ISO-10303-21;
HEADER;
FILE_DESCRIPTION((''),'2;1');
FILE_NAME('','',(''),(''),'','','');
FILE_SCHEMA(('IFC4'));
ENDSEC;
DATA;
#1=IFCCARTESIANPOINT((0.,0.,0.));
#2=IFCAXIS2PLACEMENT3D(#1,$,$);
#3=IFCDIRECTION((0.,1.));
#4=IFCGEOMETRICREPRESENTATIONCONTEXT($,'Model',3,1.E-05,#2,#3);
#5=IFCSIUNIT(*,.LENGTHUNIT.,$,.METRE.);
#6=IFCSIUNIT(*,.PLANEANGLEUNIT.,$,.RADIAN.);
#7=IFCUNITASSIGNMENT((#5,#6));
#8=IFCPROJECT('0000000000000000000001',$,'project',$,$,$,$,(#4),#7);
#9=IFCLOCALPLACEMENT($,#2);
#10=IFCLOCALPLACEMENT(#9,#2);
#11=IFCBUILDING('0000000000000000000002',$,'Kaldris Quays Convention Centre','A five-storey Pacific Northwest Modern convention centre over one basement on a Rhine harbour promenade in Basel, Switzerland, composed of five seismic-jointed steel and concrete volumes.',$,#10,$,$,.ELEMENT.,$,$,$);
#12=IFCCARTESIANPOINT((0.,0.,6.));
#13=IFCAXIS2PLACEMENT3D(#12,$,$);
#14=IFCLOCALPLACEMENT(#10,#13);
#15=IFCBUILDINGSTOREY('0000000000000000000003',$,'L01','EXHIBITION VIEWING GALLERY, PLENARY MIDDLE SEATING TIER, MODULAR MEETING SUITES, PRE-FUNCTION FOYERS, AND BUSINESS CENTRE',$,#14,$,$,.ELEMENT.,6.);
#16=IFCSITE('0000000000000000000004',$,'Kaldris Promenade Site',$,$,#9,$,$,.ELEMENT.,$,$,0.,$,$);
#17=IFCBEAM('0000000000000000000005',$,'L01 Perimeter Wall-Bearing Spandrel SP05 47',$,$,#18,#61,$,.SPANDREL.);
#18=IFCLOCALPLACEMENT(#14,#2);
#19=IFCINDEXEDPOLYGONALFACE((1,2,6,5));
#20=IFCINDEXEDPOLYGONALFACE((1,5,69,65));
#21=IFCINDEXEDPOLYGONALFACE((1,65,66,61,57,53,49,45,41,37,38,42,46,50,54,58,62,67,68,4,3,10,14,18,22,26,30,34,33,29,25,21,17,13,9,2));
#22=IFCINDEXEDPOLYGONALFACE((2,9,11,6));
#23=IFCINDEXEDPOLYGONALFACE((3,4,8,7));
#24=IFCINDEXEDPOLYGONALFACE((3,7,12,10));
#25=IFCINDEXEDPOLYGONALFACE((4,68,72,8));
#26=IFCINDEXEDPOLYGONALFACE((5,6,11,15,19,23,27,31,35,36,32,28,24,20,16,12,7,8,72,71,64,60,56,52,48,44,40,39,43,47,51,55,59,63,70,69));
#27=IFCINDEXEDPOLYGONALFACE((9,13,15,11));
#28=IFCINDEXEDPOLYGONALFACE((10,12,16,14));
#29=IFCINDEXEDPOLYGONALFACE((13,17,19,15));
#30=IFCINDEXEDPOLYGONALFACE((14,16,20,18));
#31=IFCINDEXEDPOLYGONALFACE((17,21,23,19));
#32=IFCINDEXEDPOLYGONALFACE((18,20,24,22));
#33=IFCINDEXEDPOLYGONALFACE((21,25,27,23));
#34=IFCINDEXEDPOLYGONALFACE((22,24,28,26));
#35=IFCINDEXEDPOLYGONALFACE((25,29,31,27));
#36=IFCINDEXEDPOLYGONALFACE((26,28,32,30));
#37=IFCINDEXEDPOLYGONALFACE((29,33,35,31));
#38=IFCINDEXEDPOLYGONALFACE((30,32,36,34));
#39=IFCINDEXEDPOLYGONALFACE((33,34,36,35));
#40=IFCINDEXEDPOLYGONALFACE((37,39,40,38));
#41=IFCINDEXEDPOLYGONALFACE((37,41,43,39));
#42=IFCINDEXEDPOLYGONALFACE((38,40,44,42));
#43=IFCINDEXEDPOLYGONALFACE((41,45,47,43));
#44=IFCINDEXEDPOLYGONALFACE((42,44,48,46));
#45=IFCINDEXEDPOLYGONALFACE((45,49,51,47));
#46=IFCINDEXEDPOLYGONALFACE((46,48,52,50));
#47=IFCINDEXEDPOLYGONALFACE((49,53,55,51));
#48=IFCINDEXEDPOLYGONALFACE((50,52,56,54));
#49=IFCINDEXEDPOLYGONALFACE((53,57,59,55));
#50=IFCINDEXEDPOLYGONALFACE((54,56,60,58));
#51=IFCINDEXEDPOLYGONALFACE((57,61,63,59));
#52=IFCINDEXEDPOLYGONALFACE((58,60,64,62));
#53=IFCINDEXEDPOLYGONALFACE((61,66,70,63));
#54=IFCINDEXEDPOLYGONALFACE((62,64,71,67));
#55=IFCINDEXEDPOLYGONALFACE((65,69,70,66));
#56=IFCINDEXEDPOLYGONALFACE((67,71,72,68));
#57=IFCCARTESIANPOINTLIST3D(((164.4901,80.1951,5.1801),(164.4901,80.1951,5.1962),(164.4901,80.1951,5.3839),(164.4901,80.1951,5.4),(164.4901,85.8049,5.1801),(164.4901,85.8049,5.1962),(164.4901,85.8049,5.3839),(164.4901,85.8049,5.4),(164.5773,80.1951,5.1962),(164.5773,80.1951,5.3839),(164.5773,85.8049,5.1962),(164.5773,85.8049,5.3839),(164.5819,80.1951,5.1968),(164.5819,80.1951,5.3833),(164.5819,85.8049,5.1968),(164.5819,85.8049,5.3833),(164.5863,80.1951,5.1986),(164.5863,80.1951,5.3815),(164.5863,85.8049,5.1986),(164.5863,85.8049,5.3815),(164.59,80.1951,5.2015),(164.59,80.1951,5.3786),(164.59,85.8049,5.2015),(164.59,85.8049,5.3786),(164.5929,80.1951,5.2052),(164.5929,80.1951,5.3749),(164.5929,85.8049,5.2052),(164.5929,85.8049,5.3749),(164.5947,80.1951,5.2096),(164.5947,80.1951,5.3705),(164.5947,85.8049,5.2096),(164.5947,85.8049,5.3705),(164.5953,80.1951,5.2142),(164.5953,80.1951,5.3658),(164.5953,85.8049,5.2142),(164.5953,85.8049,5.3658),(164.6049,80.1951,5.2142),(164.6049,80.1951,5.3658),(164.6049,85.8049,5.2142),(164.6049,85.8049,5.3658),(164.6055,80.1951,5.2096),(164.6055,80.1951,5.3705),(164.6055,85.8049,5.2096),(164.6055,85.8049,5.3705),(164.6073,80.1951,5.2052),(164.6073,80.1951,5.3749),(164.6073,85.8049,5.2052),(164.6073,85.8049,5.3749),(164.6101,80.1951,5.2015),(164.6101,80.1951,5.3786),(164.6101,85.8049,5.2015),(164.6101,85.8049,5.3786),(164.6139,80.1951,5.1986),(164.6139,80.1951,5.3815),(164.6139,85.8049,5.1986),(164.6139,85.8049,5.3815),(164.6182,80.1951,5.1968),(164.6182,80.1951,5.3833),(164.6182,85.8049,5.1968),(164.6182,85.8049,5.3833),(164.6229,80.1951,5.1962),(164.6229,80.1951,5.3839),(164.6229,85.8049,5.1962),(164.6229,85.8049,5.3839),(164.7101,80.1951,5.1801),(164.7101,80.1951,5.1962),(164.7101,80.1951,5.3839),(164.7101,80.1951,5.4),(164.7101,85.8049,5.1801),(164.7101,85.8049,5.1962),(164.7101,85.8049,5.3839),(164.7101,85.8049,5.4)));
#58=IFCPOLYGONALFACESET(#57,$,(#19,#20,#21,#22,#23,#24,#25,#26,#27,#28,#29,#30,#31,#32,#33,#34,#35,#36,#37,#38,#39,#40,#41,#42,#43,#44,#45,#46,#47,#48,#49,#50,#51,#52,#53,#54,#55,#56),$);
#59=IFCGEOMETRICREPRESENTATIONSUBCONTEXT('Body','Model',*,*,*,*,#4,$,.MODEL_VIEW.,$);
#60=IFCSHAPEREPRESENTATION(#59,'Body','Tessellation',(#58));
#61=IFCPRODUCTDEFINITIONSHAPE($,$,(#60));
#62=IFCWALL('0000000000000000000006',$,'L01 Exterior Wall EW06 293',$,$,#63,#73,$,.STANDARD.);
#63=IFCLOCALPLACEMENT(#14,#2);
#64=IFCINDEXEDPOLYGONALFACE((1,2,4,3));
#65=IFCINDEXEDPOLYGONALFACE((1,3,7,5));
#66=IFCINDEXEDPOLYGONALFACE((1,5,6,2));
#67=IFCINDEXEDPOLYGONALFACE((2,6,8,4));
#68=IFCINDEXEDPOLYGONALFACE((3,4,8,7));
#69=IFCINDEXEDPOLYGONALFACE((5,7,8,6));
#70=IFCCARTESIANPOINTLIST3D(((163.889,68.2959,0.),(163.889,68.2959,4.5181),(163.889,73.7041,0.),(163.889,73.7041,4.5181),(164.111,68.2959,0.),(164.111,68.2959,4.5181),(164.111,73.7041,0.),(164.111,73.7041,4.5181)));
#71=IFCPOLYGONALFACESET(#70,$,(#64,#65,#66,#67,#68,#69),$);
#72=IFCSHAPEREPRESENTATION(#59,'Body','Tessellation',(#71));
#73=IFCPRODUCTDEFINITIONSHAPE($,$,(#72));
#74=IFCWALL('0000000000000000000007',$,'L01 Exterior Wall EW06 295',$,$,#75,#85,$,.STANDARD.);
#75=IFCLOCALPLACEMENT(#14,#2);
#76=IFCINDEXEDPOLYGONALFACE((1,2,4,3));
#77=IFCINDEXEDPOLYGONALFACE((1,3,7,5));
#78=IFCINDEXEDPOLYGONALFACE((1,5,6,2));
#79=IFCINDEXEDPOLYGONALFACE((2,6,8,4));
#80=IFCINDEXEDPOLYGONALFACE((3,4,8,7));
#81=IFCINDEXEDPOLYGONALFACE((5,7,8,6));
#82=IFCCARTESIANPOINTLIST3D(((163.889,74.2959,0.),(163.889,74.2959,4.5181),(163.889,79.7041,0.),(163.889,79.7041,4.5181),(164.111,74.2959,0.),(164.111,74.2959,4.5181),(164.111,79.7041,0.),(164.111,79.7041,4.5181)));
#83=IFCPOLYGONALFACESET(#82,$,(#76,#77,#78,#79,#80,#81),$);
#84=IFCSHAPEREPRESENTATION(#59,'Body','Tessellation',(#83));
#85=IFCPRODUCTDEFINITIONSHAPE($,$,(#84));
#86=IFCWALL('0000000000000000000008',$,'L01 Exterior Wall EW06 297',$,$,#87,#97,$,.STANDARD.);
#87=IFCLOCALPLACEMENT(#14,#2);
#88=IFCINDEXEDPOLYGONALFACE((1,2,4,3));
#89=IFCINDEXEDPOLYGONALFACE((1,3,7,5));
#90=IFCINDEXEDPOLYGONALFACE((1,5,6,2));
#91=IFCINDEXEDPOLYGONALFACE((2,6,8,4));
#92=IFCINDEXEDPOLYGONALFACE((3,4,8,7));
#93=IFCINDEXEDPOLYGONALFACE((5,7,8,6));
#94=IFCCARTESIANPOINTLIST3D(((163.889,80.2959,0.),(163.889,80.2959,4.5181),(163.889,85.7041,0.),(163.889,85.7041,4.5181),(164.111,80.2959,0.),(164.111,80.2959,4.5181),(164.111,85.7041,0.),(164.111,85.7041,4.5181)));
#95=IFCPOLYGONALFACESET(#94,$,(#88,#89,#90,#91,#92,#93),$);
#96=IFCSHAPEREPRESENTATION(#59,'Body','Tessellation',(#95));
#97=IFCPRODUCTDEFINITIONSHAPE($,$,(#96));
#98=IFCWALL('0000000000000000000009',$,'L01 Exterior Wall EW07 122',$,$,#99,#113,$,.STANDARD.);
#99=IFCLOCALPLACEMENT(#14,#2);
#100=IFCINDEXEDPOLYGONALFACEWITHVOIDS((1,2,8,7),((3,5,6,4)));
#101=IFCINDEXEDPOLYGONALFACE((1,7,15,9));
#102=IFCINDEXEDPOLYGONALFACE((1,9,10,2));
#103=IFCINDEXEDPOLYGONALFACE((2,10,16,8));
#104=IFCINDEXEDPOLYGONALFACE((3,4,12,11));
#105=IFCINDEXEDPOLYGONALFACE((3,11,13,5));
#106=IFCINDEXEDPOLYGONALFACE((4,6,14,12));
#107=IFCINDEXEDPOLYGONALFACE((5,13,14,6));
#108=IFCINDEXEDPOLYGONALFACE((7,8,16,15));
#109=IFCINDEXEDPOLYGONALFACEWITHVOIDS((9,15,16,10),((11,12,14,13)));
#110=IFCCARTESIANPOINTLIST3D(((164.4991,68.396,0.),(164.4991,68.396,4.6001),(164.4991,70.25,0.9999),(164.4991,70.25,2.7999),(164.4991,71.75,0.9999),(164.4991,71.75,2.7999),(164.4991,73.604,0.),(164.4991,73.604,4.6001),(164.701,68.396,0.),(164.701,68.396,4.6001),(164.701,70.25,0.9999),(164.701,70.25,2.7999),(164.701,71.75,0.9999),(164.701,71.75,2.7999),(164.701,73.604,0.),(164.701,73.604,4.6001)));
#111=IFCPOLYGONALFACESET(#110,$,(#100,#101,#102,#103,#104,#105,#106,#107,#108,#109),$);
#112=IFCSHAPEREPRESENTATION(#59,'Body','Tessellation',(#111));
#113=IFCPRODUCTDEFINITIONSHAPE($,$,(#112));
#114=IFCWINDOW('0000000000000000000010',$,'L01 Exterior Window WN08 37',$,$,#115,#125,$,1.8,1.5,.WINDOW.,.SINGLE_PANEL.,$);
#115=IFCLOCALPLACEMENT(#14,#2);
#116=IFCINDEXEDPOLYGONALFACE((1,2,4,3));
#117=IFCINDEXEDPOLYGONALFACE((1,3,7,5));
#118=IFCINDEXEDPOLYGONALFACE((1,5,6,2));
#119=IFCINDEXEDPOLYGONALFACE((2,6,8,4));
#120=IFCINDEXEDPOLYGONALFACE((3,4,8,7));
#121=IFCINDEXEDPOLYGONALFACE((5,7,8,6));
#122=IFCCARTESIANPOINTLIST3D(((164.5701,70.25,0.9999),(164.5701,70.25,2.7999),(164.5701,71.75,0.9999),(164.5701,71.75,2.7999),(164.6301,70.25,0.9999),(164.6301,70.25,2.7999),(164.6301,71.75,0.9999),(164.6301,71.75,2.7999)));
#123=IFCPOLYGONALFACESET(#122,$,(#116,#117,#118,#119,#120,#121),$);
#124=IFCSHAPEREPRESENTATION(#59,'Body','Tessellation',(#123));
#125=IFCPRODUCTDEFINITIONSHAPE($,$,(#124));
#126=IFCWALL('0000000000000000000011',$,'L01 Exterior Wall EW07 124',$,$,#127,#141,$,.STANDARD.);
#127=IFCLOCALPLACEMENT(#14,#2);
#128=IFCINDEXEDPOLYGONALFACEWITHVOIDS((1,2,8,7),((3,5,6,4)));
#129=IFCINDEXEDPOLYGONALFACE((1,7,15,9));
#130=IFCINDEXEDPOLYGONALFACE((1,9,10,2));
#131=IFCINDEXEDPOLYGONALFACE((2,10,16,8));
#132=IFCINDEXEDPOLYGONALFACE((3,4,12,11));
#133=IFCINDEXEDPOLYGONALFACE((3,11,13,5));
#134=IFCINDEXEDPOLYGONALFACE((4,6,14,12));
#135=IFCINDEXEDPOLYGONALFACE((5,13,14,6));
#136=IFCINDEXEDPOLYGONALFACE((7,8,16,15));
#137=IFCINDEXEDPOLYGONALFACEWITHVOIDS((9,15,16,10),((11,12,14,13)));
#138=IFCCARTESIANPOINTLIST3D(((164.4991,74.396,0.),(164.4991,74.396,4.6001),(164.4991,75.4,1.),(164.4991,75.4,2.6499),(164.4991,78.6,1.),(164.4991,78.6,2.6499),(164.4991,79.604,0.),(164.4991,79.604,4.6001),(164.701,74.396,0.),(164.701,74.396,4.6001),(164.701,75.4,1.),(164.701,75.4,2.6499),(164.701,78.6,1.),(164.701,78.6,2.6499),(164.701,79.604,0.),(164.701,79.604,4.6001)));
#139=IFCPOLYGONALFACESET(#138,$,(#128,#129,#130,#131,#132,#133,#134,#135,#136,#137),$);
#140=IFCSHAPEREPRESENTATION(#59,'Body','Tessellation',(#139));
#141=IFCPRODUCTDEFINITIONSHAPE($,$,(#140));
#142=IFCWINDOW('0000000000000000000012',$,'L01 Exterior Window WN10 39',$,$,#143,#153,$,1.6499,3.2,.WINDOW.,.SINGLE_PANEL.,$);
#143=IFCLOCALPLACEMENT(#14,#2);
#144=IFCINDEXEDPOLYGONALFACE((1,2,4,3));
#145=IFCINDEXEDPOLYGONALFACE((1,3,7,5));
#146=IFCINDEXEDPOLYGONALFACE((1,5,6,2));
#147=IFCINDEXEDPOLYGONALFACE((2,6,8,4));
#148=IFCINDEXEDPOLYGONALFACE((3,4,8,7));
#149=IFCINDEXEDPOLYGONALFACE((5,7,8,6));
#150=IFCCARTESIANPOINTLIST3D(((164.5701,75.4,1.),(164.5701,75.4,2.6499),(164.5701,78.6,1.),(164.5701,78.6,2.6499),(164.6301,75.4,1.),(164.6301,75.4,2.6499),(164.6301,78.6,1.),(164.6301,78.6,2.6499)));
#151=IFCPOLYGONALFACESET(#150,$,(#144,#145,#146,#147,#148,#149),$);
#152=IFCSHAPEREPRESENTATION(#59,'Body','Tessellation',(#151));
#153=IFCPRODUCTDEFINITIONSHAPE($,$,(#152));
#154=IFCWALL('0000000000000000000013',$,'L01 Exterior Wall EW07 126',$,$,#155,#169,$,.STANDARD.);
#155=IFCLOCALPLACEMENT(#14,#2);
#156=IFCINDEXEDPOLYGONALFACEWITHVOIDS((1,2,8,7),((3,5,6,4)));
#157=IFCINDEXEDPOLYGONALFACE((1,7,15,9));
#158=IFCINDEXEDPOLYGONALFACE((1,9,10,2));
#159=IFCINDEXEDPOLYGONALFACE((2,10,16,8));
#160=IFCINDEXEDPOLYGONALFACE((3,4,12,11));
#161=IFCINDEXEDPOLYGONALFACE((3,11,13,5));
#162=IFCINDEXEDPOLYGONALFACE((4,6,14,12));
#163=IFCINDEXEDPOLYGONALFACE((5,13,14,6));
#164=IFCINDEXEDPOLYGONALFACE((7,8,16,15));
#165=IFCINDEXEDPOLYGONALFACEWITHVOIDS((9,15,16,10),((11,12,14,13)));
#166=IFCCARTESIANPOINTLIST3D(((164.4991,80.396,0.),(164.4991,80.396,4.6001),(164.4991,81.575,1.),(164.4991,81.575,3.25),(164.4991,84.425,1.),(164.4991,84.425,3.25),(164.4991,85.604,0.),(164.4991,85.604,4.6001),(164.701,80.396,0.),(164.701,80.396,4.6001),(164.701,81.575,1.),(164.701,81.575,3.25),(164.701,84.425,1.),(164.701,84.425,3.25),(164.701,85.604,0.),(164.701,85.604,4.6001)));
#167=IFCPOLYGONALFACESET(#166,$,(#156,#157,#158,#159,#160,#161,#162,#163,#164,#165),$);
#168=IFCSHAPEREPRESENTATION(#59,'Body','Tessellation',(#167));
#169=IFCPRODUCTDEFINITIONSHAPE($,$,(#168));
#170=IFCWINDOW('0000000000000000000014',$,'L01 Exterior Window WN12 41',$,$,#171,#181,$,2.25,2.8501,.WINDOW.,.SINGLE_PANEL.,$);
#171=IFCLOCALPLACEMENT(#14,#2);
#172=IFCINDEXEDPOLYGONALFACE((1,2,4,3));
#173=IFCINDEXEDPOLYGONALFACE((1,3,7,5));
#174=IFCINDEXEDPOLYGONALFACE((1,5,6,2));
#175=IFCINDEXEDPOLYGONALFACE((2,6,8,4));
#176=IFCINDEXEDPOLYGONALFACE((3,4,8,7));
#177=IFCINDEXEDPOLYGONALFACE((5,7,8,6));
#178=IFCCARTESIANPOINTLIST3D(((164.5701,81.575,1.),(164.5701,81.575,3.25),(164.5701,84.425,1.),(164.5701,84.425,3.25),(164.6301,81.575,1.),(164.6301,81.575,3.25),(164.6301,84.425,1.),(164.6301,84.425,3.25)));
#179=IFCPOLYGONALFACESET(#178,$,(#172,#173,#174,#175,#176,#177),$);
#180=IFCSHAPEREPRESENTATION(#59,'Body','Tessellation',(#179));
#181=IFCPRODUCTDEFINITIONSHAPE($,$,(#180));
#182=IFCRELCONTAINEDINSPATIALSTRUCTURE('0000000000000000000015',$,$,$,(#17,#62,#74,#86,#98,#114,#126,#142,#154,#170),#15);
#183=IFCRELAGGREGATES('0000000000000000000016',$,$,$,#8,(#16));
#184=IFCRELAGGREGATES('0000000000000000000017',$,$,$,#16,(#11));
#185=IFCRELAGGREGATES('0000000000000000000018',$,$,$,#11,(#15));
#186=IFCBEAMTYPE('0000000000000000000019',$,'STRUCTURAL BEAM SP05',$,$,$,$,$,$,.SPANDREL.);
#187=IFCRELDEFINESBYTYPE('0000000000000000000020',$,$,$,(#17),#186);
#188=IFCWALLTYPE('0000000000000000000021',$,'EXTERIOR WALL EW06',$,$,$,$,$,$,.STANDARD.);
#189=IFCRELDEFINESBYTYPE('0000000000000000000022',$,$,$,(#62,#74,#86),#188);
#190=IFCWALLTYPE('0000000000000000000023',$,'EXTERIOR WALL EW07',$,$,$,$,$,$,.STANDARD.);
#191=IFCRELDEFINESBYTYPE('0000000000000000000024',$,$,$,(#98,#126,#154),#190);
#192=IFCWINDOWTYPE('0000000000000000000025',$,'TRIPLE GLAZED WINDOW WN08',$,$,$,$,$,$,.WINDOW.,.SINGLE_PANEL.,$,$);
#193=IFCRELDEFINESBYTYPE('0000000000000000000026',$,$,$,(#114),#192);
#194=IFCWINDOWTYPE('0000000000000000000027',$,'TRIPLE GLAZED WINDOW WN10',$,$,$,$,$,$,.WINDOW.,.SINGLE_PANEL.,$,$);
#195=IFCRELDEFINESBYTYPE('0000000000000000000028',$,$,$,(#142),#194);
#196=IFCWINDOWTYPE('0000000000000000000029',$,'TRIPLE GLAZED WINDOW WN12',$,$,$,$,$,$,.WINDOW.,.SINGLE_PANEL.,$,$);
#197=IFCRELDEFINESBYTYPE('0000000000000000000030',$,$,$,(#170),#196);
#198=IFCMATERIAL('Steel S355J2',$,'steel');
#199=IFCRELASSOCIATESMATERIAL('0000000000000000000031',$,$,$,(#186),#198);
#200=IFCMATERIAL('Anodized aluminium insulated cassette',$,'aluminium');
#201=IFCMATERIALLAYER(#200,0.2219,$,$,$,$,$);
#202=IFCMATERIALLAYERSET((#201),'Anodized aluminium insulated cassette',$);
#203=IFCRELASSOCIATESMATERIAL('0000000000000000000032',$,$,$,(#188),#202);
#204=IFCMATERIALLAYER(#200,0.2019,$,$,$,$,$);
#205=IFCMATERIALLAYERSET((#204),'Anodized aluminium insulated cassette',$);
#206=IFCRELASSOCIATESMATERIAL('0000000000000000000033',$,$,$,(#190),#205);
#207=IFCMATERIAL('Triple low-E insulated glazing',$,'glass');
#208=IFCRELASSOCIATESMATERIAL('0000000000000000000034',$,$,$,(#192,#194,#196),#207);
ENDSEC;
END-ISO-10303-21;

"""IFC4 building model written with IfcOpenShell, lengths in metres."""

from ifc_helpers import new_model, si_unit, direction, frame, frame_2d, origin, origin_2d, place, context, subcontext, project, spatial, rectangle, i_section, extrude, material, layer, layer_set, material_profile, profile_set, type_object, element, fill, save


model = new_model("IFC4")

# Units and contexts
model_context = context("Model", 3, precision=1e-05, world=origin(), true_north=direction((0.0, 1.0)))
body_context = subcontext(model_context, "Body", "Model", "MODEL_VIEW")
ifc_project = project(units=[si_unit("LENGTHUNIT", "METRE"), si_unit("PLANEANGLEUNIT", "RADIAN")], contexts=[model_context])

# Site, building, storey
site_placement = place(None, origin())
site = spatial("IfcSite", under=ifc_project, at=site_placement, Name="Kaldris Promenade Site", CompositionType="ELEMENT", RefElevation=0.0)
building_placement = place(site_placement, origin())
building = spatial("IfcBuilding", under=site, at=building_placement, Name="Kaldris Quays Convention Centre", Description="A five-storey Pacific Northwest Modern convention centre over one basement on a Rhine harbour promenade in Basel, Switzerland, composed of five seismic-jointed steel and concrete volumes.", CompositionType="ELEMENT")
storey_placement = place(building_placement, frame((0.0, 0.0, 6.0)))
storey = spatial("IfcBuildingStorey", under=building, at=storey_placement, Name="L01", Description="EXHIBITION VIEWING GALLERY, PLENARY MIDDLE SEATING TIER, MODULAR MEETING SUITES, PRE-FUNCTION FOYERS, AND BUSINESS CENTRE", CompositionType="ELEMENT", Elevation=6.0)

# Shared definitions
ifc_material_1 = material(Name="Steel S355J2", Category="steel")

# Beam
ifc_material_profile_1 = material_profile(ifc_material_1, i_section(OverallWidth=0.22, OverallDepth=0.22, WebThickness=0.0095, FlangeThickness=0.0161, FilletRadius=0.0181, at=origin_2d()), Name="HEB 220")
ifc_profile_set_1 = profile_set([ifc_material_profile_1], Name="Steel S355J2")
beam_type_1 = type_object("IfcBeamType", Name="STRUCTURAL BEAM SP05", PredefinedType="SPANDREL", material=ifc_profile_set_1)
beam_1_placement = place(storey_placement, frame((164.6001, 80.1951, 5.29), z_axis=(0.0, 1.0, 0.0), x_axis=(-1.0, 0.0, 0.0)))
element("IfcBeam", 1, at=beam_1_placement, inside=storey, type_object=beam_type_1, Name="L01 Perimeter Wall-Bearing Spandrel SP05 47", PredefinedType="SPANDREL", context=body_context, shape_type="SweptSolid", body=[
    extrude(i_section(OverallWidth=0.22, OverallDepth=0.22, WebThickness=0.0095, FlangeThickness=0.0161, FilletRadius=0.0181, at=origin_2d()), origin(), (0.0, 0.0, 1.0), 5.6099),
])

# Walls
ifc_material_2 = material(Name="Anodized aluminium insulated cassette", Category="aluminium")
ifc_layer_1 = layer(ifc_material_2, 0.2219)
ifc_layer_set_1 = layer_set([ifc_layer_1], Name="Anodized aluminium insulated cassette")
wall_type_1 = type_object("IfcWallType", Name="EXTERIOR WALL EW06", PredefinedType="STANDARD", material=ifc_layer_set_1)
for number, where, z_axis, x_axis, name in (
    (2, (164.0, 68.2959, 0.0), (0.0, 0.0, 1.0), (0.0, 1.0, 0.0), "L01 Exterior Wall EW06 293"),
    (3, (164.0, 74.2959, 0.0), (0.0, 0.0, 1.0), (0.0, 1.0, 0.0), "L01 Exterior Wall EW06 295"),
    (4, (164.0, 80.2959, 0.0), (0.0, 0.0, 1.0), (0.0, 1.0, 0.0), "L01 Exterior Wall EW06 297"),
):
    element("IfcWall", number, at=place(storey_placement, frame(where, z_axis=z_axis, x_axis=x_axis)), inside=storey, type_object=wall_type_1, Name=name, PredefinedType="STANDARD", context=body_context, shape_type="SweptSolid", body=[
        extrude(rectangle(XDim=5.4082, YDim=0.2219, at=frame_2d((2.7041, 0.0))), origin(), (0.0, 0.0, 1.0), 4.5181),
    ])

# Walls, openings, windows
ifc_layer_2 = layer(ifc_material_2, 0.2019)
ifc_layer_set_2 = layer_set([ifc_layer_2], Name="Anodized aluminium insulated cassette")
wall_type_2 = type_object("IfcWallType", Name="EXTERIOR WALL EW07", PredefinedType="STANDARD", material=ifc_layer_set_2)
wall_1_placement = place(storey_placement, frame((164.6001, 68.396, 0.0), z_axis=(0.0, 0.0, 1.0), x_axis=(0.0, 1.0, 0.0)))
wall_1 = element("IfcWall", 5, at=wall_1_placement, inside=storey, type_object=wall_type_2, Name="L01 Exterior Wall EW07 122", PredefinedType="STANDARD", context=body_context, shape_type="SweptSolid", body=[
    extrude(rectangle(XDim=5.208, YDim=0.2019, at=frame_2d((2.604, 0.0))), origin(), (0.0, 0.0, 1.0), 4.6001),
])
opening_1_placement = place(wall_1_placement, frame((1.854, 0.0, 1.0)))
opening_1 = element("IfcOpeningElement", 6, at=opening_1_placement, cuts=wall_1, PredefinedType="OPENING", context=body_context, shape_type="SweptSolid", body=[
    extrude(rectangle(XDim=1.5, YDim=1.8, at=frame_2d((0.75, 0.8999))), frame((0.0, 0.1108, 0.0), z_axis=(0.0, -1.0, 0.0), x_axis=(1.0, 0.0, 0.0)), (0.0, 0.0, 1.0), 0.2219),
])
ifc_material_3 = material(Name="Triple low-E insulated glazing", Category="glass")
window_type_1 = type_object("IfcWindowType", Name="TRIPLE GLAZED WINDOW WN08", PartitioningType="SINGLE_PANEL", PredefinedType="WINDOW", material=ifc_material_3)
window_1_placement = place(opening_1_placement, origin())
window_1 = element("IfcWindow", 7, at=window_1_placement, inside=storey, type_object=window_type_1, Name="L01 Exterior Window WN08 37", OverallHeight=1.8, OverallWidth=1.5, PartitioningType="SINGLE_PANEL", PredefinedType="WINDOW", context=body_context, shape_type="SweptSolid", body=[
    extrude(rectangle(XDim=1.5, YDim=1.8, at=frame_2d((0.75, 0.8999))), frame((0.0, 0.03, 0.0), z_axis=(0.0, -1.0, 0.0), x_axis=(1.0, 0.0, 0.0)), (0.0, 0.0, 1.0), 0.0601),
])
fill(opening_1, window_1)
wall_2_placement = place(storey_placement, frame((164.6001, 74.396, 0.0), z_axis=(0.0, 0.0, 1.0), x_axis=(0.0, 1.0, 0.0)))
wall_2 = element("IfcWall", 8, at=wall_2_placement, inside=storey, type_object=wall_type_2, Name="L01 Exterior Wall EW07 124", PredefinedType="STANDARD", context=body_context, shape_type="SweptSolid", body=[
    extrude(rectangle(XDim=5.208, YDim=0.2019, at=frame_2d((2.604, 0.0))), origin(), (0.0, 0.0, 1.0), 4.6001),
])
opening_2_placement = place(wall_2_placement, frame((1.0039, 0.0, 1.0)))
opening_2 = element("IfcOpeningElement", 9, at=opening_2_placement, cuts=wall_2, PredefinedType="OPENING", context=body_context, shape_type="SweptSolid", body=[
    extrude(rectangle(XDim=3.2, YDim=1.6499, at=frame_2d((1.6001, 0.825))), frame((0.0, 0.1108, 0.0), z_axis=(0.0, -1.0, 0.0), x_axis=(1.0, 0.0, 0.0)), (0.0, 0.0, 1.0), 0.2219),
])
window_type_2 = type_object("IfcWindowType", Name="TRIPLE GLAZED WINDOW WN10", PartitioningType="SINGLE_PANEL", PredefinedType="WINDOW", material=ifc_material_3)
window_2_placement = place(opening_2_placement, origin())
window_2 = element("IfcWindow", 10, at=window_2_placement, inside=storey, type_object=window_type_2, Name="L01 Exterior Window WN10 39", OverallHeight=1.6499, OverallWidth=3.2, PartitioningType="SINGLE_PANEL", PredefinedType="WINDOW", context=body_context, shape_type="SweptSolid", body=[
    extrude(rectangle(XDim=3.2, YDim=1.6499, at=frame_2d((1.6001, 0.825))), frame((0.0, 0.03, 0.0), z_axis=(0.0, -1.0, 0.0), x_axis=(1.0, 0.0, 0.0)), (0.0, 0.0, 1.0), 0.0601),
])
fill(opening_2, window_2)
wall_3_placement = place(storey_placement, frame((164.6001, 80.396, 0.0), z_axis=(0.0, 0.0, 1.0), x_axis=(0.0, 1.0, 0.0)))
wall_3 = element("IfcWall", 11, at=wall_3_placement, inside=storey, type_object=wall_type_2, Name="L01 Exterior Wall EW07 126", PredefinedType="STANDARD", context=body_context, shape_type="SweptSolid", body=[
    extrude(rectangle(XDim=5.208, YDim=0.2019, at=frame_2d((2.604, 0.0))), origin(), (0.0, 0.0, 1.0), 4.6001),
])
opening_3_placement = place(wall_3_placement, frame((1.179, 0.0, 1.0)))
opening_3 = element("IfcOpeningElement", 12, at=opening_3_placement, cuts=wall_3, PredefinedType="OPENING", context=body_context, shape_type="SweptSolid", body=[
    extrude(rectangle(XDim=2.8501, YDim=2.25, at=frame_2d((1.425, 1.125))), frame((0.0, 0.1108, 0.0), z_axis=(0.0, -1.0, 0.0), x_axis=(1.0, 0.0, 0.0)), (0.0, 0.0, 1.0), 0.2219),
])
window_type_3 = type_object("IfcWindowType", Name="TRIPLE GLAZED WINDOW WN12", PartitioningType="SINGLE_PANEL", PredefinedType="WINDOW", material=ifc_material_3)
window_3_placement = place(opening_3_placement, origin())
window_3 = element("IfcWindow", 13, at=window_3_placement, inside=storey, type_object=window_type_3, Name="L01 Exterior Window WN12 41", OverallHeight=2.25, OverallWidth=2.8501, PartitioningType="SINGLE_PANEL", PredefinedType="WINDOW", context=body_context, shape_type="SweptSolid", body=[
    extrude(rectangle(XDim=2.8501, YDim=2.25, at=frame_2d((1.425, 1.125))), frame((0.0, 0.03, 0.0), z_axis=(0.0, -1.0, 0.0), x_axis=(1.0, 0.0, 0.0)), (0.0, 0.0, 1.0), 0.0601),
])
fill(opening_3, window_3)

save(model, "model.ifc")
